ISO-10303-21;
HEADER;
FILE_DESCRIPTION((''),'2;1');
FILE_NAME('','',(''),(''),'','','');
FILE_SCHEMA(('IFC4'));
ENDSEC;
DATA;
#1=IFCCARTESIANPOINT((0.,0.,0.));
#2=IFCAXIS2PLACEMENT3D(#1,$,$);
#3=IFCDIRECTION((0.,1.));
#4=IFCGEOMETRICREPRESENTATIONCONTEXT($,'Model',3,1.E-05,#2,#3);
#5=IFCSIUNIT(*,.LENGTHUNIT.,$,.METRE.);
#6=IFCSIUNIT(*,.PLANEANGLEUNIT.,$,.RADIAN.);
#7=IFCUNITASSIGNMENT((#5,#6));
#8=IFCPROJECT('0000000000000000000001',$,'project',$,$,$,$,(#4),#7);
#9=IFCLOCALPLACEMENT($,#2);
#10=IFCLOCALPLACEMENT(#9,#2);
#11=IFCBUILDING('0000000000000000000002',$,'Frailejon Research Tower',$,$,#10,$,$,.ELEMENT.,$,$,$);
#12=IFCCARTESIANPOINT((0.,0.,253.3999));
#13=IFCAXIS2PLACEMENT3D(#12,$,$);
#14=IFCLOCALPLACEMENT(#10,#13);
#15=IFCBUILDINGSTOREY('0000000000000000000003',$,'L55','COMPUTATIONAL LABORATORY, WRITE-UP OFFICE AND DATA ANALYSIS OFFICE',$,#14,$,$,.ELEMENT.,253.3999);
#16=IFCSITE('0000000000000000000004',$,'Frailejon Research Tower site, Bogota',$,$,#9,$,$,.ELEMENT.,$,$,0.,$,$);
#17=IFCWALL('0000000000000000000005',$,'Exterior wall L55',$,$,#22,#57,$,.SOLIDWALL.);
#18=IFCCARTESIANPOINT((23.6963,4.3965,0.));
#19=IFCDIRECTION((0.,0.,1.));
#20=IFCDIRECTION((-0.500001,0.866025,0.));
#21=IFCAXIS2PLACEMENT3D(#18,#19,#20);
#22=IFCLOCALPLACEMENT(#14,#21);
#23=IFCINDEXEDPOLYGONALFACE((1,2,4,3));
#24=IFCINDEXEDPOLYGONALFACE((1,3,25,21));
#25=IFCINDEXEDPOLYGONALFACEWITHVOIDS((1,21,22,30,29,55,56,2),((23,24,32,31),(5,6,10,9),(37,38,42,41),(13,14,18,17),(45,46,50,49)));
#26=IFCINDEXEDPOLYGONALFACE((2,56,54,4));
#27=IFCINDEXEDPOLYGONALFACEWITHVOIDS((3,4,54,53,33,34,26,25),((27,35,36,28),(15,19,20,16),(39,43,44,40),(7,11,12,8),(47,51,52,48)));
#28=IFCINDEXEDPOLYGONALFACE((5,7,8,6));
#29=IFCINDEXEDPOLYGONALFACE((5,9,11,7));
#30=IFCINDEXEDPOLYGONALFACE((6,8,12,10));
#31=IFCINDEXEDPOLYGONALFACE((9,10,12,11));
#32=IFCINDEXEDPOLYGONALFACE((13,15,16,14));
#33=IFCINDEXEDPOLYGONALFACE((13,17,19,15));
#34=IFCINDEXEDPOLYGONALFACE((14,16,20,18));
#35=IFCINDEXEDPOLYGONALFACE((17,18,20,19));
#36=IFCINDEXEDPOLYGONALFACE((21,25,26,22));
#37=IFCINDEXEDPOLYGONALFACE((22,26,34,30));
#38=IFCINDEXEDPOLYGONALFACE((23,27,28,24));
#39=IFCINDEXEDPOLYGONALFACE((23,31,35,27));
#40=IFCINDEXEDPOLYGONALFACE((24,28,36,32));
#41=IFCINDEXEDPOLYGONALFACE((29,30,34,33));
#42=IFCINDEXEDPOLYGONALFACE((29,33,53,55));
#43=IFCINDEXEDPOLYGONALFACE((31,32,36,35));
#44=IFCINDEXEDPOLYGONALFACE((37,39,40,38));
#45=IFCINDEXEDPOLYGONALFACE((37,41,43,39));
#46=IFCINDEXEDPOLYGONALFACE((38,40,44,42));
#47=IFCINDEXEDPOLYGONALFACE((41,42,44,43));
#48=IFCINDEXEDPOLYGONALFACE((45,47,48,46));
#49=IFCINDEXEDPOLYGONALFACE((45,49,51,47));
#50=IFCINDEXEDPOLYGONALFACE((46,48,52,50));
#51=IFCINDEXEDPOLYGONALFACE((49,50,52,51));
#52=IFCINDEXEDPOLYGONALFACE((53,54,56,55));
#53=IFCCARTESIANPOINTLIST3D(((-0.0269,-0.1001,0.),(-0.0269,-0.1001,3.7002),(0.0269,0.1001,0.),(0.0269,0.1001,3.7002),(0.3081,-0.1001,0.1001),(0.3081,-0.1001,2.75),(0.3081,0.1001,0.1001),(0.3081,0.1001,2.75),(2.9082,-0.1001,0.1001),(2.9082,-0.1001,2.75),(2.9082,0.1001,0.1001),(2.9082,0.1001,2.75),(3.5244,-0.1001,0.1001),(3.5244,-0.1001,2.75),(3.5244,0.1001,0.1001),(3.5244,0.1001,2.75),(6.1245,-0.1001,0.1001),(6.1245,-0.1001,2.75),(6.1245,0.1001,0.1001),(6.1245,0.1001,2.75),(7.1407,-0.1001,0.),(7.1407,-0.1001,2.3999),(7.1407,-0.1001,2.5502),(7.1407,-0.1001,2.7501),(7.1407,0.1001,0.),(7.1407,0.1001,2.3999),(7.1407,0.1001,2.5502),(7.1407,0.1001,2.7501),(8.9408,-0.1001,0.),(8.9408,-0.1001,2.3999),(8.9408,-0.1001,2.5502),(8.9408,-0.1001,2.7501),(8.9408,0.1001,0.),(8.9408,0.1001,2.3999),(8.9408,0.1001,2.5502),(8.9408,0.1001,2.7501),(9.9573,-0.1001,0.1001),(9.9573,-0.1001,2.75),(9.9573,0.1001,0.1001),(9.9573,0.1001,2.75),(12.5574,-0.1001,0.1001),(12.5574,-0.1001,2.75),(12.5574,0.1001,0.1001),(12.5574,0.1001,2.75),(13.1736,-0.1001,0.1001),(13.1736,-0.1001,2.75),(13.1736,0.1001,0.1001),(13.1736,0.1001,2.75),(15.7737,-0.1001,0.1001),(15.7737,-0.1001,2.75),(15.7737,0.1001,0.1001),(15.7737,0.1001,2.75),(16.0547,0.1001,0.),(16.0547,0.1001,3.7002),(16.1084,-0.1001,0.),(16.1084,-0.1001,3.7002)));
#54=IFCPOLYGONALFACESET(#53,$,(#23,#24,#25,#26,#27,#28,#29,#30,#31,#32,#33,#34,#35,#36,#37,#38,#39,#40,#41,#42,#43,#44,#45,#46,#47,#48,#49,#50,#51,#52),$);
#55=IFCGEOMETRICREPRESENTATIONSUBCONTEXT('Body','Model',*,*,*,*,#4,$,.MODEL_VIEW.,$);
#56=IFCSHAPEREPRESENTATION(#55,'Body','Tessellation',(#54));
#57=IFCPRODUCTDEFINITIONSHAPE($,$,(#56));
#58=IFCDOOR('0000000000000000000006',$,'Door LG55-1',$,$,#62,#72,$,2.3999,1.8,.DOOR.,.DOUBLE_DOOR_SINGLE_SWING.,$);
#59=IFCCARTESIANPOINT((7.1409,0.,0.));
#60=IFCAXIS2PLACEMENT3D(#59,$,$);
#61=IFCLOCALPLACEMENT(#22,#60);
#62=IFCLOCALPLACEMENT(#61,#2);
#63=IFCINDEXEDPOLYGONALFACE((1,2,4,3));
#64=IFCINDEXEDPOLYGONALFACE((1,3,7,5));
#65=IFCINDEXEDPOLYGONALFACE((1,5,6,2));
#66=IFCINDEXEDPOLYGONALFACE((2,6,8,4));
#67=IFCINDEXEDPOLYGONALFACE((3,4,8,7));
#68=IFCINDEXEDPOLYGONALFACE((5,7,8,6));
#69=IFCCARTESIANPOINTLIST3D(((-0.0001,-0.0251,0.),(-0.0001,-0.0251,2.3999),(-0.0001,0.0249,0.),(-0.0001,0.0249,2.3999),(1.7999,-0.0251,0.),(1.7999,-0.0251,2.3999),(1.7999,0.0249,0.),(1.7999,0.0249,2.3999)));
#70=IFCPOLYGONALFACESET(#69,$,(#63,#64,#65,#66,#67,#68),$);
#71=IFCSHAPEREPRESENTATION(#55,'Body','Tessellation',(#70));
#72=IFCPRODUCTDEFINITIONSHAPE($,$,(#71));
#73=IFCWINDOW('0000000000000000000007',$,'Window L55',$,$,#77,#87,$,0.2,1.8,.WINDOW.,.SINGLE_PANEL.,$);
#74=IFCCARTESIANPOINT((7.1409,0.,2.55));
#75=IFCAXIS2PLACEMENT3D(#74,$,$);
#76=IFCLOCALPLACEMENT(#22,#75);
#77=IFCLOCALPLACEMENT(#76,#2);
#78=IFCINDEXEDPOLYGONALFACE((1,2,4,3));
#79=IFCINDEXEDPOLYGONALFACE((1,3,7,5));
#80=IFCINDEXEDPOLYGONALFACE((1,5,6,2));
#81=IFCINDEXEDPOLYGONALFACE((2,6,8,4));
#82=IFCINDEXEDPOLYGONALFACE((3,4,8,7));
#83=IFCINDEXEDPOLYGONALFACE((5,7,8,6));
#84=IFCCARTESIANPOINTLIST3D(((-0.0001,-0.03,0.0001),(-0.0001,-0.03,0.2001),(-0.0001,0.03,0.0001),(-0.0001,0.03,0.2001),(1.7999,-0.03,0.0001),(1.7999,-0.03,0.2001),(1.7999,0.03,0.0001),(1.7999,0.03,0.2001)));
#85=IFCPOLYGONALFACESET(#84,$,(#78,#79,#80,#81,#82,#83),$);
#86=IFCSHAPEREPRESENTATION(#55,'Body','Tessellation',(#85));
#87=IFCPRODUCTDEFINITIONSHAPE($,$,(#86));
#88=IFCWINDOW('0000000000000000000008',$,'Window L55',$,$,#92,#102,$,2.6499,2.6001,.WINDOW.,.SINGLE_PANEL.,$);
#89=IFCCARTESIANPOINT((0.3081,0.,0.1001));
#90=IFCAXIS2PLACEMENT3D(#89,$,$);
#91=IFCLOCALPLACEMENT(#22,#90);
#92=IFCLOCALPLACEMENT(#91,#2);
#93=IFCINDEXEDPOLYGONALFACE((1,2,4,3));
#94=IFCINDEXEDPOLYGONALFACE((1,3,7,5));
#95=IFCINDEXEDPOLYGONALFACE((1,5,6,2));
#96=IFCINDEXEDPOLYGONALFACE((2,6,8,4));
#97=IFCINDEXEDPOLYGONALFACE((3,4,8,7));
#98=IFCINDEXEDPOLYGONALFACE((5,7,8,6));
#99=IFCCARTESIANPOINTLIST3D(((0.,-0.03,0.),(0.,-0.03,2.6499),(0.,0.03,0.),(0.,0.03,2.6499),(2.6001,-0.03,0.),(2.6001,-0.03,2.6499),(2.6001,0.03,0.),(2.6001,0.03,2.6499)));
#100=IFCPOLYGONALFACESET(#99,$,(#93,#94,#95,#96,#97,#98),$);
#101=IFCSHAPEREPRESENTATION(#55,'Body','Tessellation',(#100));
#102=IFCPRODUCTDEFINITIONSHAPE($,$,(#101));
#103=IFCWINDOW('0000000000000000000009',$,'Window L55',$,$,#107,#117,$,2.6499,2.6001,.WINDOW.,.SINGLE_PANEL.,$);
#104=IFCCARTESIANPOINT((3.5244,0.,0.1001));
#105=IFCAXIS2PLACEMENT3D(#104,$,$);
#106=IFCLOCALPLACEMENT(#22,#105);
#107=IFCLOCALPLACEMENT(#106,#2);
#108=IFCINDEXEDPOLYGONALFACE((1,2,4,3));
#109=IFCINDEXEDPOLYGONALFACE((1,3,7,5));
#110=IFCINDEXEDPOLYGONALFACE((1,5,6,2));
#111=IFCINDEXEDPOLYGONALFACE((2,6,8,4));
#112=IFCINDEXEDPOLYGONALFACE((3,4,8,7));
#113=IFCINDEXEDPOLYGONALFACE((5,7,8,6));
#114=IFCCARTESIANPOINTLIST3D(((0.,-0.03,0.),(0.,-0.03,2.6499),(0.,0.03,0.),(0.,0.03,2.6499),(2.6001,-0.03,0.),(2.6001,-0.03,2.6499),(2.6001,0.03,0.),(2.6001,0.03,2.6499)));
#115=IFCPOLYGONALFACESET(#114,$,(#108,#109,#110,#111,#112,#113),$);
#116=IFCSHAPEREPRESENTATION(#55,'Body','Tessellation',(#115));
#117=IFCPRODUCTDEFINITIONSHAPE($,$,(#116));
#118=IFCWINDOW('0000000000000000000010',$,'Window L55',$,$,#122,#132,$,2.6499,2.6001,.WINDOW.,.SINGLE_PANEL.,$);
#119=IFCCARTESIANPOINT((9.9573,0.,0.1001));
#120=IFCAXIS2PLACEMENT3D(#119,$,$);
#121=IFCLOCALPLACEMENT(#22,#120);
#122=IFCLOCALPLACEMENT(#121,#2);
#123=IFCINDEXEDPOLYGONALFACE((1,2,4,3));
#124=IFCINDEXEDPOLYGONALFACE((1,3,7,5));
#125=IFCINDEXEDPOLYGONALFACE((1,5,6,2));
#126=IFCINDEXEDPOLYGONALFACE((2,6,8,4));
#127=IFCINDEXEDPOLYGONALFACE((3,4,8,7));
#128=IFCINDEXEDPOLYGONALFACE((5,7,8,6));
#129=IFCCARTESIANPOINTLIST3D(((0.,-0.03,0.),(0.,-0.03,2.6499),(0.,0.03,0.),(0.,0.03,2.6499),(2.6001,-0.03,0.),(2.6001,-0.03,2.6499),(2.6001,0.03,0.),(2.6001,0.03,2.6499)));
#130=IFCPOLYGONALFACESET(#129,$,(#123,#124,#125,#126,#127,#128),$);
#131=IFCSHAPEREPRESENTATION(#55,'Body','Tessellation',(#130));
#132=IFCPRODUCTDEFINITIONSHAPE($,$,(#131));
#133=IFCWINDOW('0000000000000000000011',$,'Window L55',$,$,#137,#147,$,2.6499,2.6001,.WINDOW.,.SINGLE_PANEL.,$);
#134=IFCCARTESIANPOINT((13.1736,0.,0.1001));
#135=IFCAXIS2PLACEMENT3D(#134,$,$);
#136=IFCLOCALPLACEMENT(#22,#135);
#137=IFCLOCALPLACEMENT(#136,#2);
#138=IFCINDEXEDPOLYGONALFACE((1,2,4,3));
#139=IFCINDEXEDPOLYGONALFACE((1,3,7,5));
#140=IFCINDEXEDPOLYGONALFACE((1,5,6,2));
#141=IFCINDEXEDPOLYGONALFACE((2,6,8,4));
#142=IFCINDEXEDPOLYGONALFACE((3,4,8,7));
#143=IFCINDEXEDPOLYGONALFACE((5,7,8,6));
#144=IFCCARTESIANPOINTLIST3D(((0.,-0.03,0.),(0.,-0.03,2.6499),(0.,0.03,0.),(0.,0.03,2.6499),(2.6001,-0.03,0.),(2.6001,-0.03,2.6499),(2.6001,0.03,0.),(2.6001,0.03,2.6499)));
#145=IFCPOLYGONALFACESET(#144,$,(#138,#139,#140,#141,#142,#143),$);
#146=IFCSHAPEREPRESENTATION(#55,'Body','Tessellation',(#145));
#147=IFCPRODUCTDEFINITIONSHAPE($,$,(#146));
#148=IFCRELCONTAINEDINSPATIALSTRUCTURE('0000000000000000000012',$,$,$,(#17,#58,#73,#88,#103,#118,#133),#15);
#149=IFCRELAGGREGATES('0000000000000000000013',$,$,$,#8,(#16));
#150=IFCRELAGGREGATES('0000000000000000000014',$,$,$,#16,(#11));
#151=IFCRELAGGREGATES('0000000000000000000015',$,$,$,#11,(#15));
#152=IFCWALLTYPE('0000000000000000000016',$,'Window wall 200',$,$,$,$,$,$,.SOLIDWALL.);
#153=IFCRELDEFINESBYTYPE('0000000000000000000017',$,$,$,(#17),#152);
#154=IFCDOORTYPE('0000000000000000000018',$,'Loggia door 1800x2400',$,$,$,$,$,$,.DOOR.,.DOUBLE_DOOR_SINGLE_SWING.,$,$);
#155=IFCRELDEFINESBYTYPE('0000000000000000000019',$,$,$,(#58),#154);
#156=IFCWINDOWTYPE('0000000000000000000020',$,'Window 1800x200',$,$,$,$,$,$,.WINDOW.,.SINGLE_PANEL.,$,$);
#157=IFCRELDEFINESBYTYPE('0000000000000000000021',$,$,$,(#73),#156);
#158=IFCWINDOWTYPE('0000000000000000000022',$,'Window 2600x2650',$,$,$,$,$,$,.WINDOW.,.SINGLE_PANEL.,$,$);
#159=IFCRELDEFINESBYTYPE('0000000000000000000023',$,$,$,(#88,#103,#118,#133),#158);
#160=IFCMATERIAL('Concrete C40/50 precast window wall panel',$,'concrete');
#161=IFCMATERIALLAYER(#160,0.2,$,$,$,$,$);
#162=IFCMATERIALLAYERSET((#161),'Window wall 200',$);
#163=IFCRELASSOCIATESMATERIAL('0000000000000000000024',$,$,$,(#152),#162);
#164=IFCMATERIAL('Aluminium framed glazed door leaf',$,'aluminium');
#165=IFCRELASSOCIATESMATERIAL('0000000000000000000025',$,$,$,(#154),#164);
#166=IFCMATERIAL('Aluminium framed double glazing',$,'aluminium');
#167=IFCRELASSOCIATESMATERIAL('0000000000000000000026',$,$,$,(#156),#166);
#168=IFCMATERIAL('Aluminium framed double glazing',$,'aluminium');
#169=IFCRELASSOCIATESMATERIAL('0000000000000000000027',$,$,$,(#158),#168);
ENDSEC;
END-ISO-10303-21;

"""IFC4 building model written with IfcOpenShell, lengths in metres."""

from ifc_helpers import new_model, si_unit, direction, frame, frame_2d, origin, place, context, subcontext, project, spatial, polyline, rectangle, outline, extrude, material, layer, layer_set, type_object, element, fill, save


model = new_model("IFC4")

# Units and contexts
model_context = context("Model", 3, precision=1e-05, world=origin(), true_north=direction((0.0, 1.0)))
body_context = subcontext(model_context, "Body", "Model", "MODEL_VIEW")
ifc_project = project(units=[si_unit("LENGTHUNIT", "METRE"), si_unit("PLANEANGLEUNIT", "RADIAN")], contexts=[model_context])

# Site, building, storey
site_placement = place(None, origin())
site = spatial("IfcSite", under=ifc_project, at=site_placement, Name="Frailejon Research Tower site, Bogota", CompositionType="ELEMENT", RefElevation=0.0)
building_placement = place(site_placement, origin())
building = spatial("IfcBuilding", under=site, at=building_placement, Name="Frailejon Research Tower", CompositionType="ELEMENT")
storey_placement = place(building_placement, frame((0.0, 0.0, 253.3999)))
storey = spatial("IfcBuildingStorey", under=building, at=storey_placement, Name="L55", Description="COMPUTATIONAL LABORATORY, WRITE-UP OFFICE AND DATA ANALYSIS OFFICE", CompositionType="ELEMENT", Elevation=253.3999)

# Wall, openings, door, windows
ifc_material_1 = material(Name="Concrete C40/50 precast window wall panel", Category="concrete")
ifc_layer_1 = layer(ifc_material_1, 0.2)
ifc_layer_set_1 = layer_set([ifc_layer_1], Name="Window wall 200")
wall_type = type_object("IfcWallType", Name="Window wall 200", PredefinedType="SOLIDWALL", material=ifc_layer_set_1)
wall_placement = place(storey_placement, frame((23.6963, 4.3965, 0.0), z_axis=(0.0, 0.0, 1.0), x_axis=(-0.500001, 0.866025, 0.0)))
wall = element("IfcWall", 1, at=wall_placement, inside=storey, type_object=wall_type, Name="Exterior wall L55", PredefinedType="SOLIDWALL", context=body_context, shape_type="SweptSolid", body=[
    extrude(outline(polyline([(-0.0269, -0.1001), (0.9817, -0.1001), (1.99, -0.1001), (2.9985, -0.1001), (4.0068, -0.1001), (5.0154, -0.1001), (6.0239, -0.1001), (7.0322, -0.1001), (8.0408, -0.1001), (9.0493, -0.1001), (10.0576, -0.1001), (11.0662, -0.1001), (12.0747, -0.1001), (13.083, -0.1001), (14.0916, -0.1001), (15.0999, -0.1001), (16.1084, -0.1001), (16.0547, 0.1001), (15.053, 0.1001), (14.0513, 0.1001), (13.0496, 0.1001), (12.0479, 0.1001), (11.0459, 0.1001), (10.0442, 0.1001), (9.0425, 0.1001), (8.0408, 0.1001), (7.0391, 0.1001), (6.0374, 0.1001), (5.0356, 0.1001), (4.0337, 0.1001), (3.032, 0.1001), (2.0303, 0.1001), (1.0286, 0.1001), (0.0269, 0.1001), (-0.0269, -0.1001)])), origin(), (0.0, 0.0, 1.0), 3.7002),
])
opening_1_placement = place(wall_placement, frame((0.3081, 0.0, 0.1001)))
opening_1 = element("IfcOpeningElement", 2, at=opening_1_placement, cuts=wall, PredefinedType="OPENING", context=body_context, shape_type="SweptSolid", body=[
    extrude(rectangle(XDim=2.6001, YDim=2.6499, at=frame_2d((1.3, 1.325))), frame((0.0, 0.1099, 0.0), z_axis=(0.0, -1.0, 0.0), x_axis=(1.0, 0.0, 0.0)), (0.0, 0.0, 1.0), 0.22),
])
opening_2_placement = place(wall_placement, frame((3.5244, 0.0, 0.1001)))
opening_2 = element("IfcOpeningElement", 3, at=opening_2_placement, cuts=wall, PredefinedType="OPENING", context=body_context, shape_type="SweptSolid", body=[
    extrude(rectangle(XDim=2.6001, YDim=2.6499, at=frame_2d((1.3, 1.325))), frame((0.0, 0.1099, 0.0), z_axis=(0.0, -1.0, 0.0), x_axis=(1.0, 0.0, 0.0)), (0.0, 0.0, 1.0), 0.22),
])
opening_3_placement = place(wall_placement, frame((7.1409, 0.0, 0.0)))
opening_3 = element("IfcOpeningElement", 4, at=opening_3_placement, cuts=wall, PredefinedType="OPENING", context=body_context, shape_type="SweptSolid", body=[
    extrude(rectangle(XDim=1.8, YDim=2.3999, at=frame_2d((0.8999, 1.2))), frame((0.0, 0.1099, 0.0), z_axis=(0.0, -1.0, 0.0), x_axis=(1.0, 0.0, 0.0)), (0.0, 0.0, 1.0), 0.22),
])
opening_4_placement = place(wall_placement, frame((7.1409, 0.0, 2.55)))
opening_4 = element("IfcOpeningElement", 5, at=opening_4_placement, cuts=wall, PredefinedType="OPENING", context=body_context, shape_type="SweptSolid", body=[
    extrude(rectangle(XDim=1.8, YDim=0.2, at=frame_2d((0.8999, 0.1001))), frame((0.0, 0.1099, 0.0), z_axis=(0.0, -1.0, 0.0), x_axis=(1.0, 0.0, 0.0)), (0.0, 0.0, 1.0), 0.22),
])
opening_5_placement = place(wall_placement, frame((9.9573, 0.0, 0.1001)))
opening_5 = element("IfcOpeningElement", 6, at=opening_5_placement, cuts=wall, PredefinedType="OPENING", context=body_context, shape_type="SweptSolid", body=[
    extrude(rectangle(XDim=2.6001, YDim=2.6499, at=frame_2d((1.3, 1.325))), frame((0.0, 0.1099, 0.0), z_axis=(0.0, -1.0, 0.0), x_axis=(1.0, 0.0, 0.0)), (0.0, 0.0, 1.0), 0.22),
])
opening_6_placement = place(wall_placement, frame((13.1736, 0.0, 0.1001)))
opening_6 = element("IfcOpeningElement", 7, at=opening_6_placement, cuts=wall, PredefinedType="OPENING", context=body_context, shape_type="SweptSolid", body=[
    extrude(rectangle(XDim=2.6001, YDim=2.6499, at=frame_2d((1.3, 1.325))), frame((0.0, 0.1099, 0.0), z_axis=(0.0, -1.0, 0.0), x_axis=(1.0, 0.0, 0.0)), (0.0, 0.0, 1.0), 0.22),
])
ifc_material_2 = material(Name="Aluminium framed glazed door leaf", Category="aluminium")
door_type = type_object("IfcDoorType", Name="Loggia door 1800x2400", OperationType="DOUBLE_DOOR_SINGLE_SWING", PredefinedType="DOOR", material=ifc_material_2)
door_placement = place(opening_3_placement, origin())
door = element("IfcDoor", 8, at=door_placement, inside=storey, type_object=door_type, Name="Door LG55-1", OperationType="DOUBLE_DOOR_SINGLE_SWING", OverallHeight=2.3999, OverallWidth=1.8, PredefinedType="DOOR", context=body_context, shape_type="SweptSolid", body=[
    extrude(rectangle(XDim=1.8, YDim=2.3999, at=frame_2d((0.8999, 1.2))), frame((0.0, 0.0249, 0.0), z_axis=(0.0, -1.0, 0.0), x_axis=(1.0, 0.0, 0.0)), (0.0, 0.0, 1.0), 0.05),
])
fill(opening_3, door)
ifc_material_3 = material(Name="Aluminium framed double glazing", Category="aluminium")
window_type_1 = type_object("IfcWindowType", Name="Window 1800x200", PartitioningType="SINGLE_PANEL", PredefinedType="WINDOW", material=ifc_material_3)
window_1_placement = place(opening_4_placement, origin())
window_1 = element("IfcWindow", 9, at=window_1_placement, inside=storey, type_object=window_type_1, Name="Window L55", OverallHeight=0.2, OverallWidth=1.8, PartitioningType="SINGLE_PANEL", PredefinedType="WINDOW", context=body_context, shape_type="SweptSolid", body=[
    extrude(rectangle(XDim=1.8, YDim=0.2, at=frame_2d((0.8999, 0.1001))), frame((0.0, 0.03, 0.0), z_axis=(0.0, -1.0, 0.0), x_axis=(1.0, 0.0, 0.0)), (0.0, 0.0, 1.0), 0.0601),
])
fill(opening_4, window_1)
ifc_material_4 = material(Name="Aluminium framed double glazing", Category="aluminium")
window_type_2 = type_object("IfcWindowType", Name="Window 2600x2650", PartitioningType="SINGLE_PANEL", PredefinedType="WINDOW", material=ifc_material_4)
window_2_placement = place(opening_1_placement, origin())
window_2 = element("IfcWindow", 10, at=window_2_placement, inside=storey, type_object=window_type_2, Name="Window L55", OverallHeight=2.6499, OverallWidth=2.6001, PartitioningType="SINGLE_PANEL", PredefinedType="WINDOW", context=body_context, shape_type="SweptSolid", body=[
    extrude(rectangle(XDim=2.6001, YDim=2.6499, at=frame_2d((1.3, 1.325))), frame((0.0, 0.03, 0.0), z_axis=(0.0, -1.0, 0.0), x_axis=(1.0, 0.0, 0.0)), (0.0, 0.0, 1.0), 0.0601),
])
fill(opening_1, window_2)
window_3_placement = place(opening_2_placement, origin())
window_3 = element("IfcWindow", 11, at=window_3_placement, inside=storey, type_object=window_type_2, Name="Window L55", OverallHeight=2.6499, OverallWidth=2.6001, PartitioningType="SINGLE_PANEL", PredefinedType="WINDOW", context=body_context, shape_type="SweptSolid", body=[
    extrude(rectangle(XDim=2.6001, YDim=2.6499, at=frame_2d((1.3, 1.325))), frame((0.0, 0.03, 0.0), z_axis=(0.0, -1.0, 0.0), x_axis=(1.0, 0.0, 0.0)), (0.0, 0.0, 1.0), 0.0601),
])
fill(opening_2, window_3)
window_4_placement = place(opening_5_placement, origin())
window_4 = element("IfcWindow", 12, at=window_4_placement, inside=storey, type_object=window_type_2, Name="Window L55", OverallHeight=2.6499, OverallWidth=2.6001, PartitioningType="SINGLE_PANEL", PredefinedType="WINDOW", context=body_context, shape_type="SweptSolid", body=[
    extrude(rectangle(XDim=2.6001, YDim=2.6499, at=frame_2d((1.3, 1.325))), frame((0.0, 0.03, 0.0), z_axis=(0.0, -1.0, 0.0), x_axis=(1.0, 0.0, 0.0)), (0.0, 0.0, 1.0), 0.0601),
])
fill(opening_5, window_4)
window_5_placement = place(opening_6_placement, origin())
window_5 = element("IfcWindow", 13, at=window_5_placement, inside=storey, type_object=window_type_2, Name="Window L55", OverallHeight=2.6499, OverallWidth=2.6001, PartitioningType="SINGLE_PANEL", PredefinedType="WINDOW", context=body_context, shape_type="SweptSolid", body=[
    extrude(rectangle(XDim=2.6001, YDim=2.6499, at=frame_2d((1.3, 1.325))), frame((0.0, 0.03, 0.0), z_axis=(0.0, -1.0, 0.0), x_axis=(1.0, 0.0, 0.0)), (0.0, 0.0, 1.0), 0.0601),
])
fill(opening_6, window_5)

save(model, "model.ifc")
